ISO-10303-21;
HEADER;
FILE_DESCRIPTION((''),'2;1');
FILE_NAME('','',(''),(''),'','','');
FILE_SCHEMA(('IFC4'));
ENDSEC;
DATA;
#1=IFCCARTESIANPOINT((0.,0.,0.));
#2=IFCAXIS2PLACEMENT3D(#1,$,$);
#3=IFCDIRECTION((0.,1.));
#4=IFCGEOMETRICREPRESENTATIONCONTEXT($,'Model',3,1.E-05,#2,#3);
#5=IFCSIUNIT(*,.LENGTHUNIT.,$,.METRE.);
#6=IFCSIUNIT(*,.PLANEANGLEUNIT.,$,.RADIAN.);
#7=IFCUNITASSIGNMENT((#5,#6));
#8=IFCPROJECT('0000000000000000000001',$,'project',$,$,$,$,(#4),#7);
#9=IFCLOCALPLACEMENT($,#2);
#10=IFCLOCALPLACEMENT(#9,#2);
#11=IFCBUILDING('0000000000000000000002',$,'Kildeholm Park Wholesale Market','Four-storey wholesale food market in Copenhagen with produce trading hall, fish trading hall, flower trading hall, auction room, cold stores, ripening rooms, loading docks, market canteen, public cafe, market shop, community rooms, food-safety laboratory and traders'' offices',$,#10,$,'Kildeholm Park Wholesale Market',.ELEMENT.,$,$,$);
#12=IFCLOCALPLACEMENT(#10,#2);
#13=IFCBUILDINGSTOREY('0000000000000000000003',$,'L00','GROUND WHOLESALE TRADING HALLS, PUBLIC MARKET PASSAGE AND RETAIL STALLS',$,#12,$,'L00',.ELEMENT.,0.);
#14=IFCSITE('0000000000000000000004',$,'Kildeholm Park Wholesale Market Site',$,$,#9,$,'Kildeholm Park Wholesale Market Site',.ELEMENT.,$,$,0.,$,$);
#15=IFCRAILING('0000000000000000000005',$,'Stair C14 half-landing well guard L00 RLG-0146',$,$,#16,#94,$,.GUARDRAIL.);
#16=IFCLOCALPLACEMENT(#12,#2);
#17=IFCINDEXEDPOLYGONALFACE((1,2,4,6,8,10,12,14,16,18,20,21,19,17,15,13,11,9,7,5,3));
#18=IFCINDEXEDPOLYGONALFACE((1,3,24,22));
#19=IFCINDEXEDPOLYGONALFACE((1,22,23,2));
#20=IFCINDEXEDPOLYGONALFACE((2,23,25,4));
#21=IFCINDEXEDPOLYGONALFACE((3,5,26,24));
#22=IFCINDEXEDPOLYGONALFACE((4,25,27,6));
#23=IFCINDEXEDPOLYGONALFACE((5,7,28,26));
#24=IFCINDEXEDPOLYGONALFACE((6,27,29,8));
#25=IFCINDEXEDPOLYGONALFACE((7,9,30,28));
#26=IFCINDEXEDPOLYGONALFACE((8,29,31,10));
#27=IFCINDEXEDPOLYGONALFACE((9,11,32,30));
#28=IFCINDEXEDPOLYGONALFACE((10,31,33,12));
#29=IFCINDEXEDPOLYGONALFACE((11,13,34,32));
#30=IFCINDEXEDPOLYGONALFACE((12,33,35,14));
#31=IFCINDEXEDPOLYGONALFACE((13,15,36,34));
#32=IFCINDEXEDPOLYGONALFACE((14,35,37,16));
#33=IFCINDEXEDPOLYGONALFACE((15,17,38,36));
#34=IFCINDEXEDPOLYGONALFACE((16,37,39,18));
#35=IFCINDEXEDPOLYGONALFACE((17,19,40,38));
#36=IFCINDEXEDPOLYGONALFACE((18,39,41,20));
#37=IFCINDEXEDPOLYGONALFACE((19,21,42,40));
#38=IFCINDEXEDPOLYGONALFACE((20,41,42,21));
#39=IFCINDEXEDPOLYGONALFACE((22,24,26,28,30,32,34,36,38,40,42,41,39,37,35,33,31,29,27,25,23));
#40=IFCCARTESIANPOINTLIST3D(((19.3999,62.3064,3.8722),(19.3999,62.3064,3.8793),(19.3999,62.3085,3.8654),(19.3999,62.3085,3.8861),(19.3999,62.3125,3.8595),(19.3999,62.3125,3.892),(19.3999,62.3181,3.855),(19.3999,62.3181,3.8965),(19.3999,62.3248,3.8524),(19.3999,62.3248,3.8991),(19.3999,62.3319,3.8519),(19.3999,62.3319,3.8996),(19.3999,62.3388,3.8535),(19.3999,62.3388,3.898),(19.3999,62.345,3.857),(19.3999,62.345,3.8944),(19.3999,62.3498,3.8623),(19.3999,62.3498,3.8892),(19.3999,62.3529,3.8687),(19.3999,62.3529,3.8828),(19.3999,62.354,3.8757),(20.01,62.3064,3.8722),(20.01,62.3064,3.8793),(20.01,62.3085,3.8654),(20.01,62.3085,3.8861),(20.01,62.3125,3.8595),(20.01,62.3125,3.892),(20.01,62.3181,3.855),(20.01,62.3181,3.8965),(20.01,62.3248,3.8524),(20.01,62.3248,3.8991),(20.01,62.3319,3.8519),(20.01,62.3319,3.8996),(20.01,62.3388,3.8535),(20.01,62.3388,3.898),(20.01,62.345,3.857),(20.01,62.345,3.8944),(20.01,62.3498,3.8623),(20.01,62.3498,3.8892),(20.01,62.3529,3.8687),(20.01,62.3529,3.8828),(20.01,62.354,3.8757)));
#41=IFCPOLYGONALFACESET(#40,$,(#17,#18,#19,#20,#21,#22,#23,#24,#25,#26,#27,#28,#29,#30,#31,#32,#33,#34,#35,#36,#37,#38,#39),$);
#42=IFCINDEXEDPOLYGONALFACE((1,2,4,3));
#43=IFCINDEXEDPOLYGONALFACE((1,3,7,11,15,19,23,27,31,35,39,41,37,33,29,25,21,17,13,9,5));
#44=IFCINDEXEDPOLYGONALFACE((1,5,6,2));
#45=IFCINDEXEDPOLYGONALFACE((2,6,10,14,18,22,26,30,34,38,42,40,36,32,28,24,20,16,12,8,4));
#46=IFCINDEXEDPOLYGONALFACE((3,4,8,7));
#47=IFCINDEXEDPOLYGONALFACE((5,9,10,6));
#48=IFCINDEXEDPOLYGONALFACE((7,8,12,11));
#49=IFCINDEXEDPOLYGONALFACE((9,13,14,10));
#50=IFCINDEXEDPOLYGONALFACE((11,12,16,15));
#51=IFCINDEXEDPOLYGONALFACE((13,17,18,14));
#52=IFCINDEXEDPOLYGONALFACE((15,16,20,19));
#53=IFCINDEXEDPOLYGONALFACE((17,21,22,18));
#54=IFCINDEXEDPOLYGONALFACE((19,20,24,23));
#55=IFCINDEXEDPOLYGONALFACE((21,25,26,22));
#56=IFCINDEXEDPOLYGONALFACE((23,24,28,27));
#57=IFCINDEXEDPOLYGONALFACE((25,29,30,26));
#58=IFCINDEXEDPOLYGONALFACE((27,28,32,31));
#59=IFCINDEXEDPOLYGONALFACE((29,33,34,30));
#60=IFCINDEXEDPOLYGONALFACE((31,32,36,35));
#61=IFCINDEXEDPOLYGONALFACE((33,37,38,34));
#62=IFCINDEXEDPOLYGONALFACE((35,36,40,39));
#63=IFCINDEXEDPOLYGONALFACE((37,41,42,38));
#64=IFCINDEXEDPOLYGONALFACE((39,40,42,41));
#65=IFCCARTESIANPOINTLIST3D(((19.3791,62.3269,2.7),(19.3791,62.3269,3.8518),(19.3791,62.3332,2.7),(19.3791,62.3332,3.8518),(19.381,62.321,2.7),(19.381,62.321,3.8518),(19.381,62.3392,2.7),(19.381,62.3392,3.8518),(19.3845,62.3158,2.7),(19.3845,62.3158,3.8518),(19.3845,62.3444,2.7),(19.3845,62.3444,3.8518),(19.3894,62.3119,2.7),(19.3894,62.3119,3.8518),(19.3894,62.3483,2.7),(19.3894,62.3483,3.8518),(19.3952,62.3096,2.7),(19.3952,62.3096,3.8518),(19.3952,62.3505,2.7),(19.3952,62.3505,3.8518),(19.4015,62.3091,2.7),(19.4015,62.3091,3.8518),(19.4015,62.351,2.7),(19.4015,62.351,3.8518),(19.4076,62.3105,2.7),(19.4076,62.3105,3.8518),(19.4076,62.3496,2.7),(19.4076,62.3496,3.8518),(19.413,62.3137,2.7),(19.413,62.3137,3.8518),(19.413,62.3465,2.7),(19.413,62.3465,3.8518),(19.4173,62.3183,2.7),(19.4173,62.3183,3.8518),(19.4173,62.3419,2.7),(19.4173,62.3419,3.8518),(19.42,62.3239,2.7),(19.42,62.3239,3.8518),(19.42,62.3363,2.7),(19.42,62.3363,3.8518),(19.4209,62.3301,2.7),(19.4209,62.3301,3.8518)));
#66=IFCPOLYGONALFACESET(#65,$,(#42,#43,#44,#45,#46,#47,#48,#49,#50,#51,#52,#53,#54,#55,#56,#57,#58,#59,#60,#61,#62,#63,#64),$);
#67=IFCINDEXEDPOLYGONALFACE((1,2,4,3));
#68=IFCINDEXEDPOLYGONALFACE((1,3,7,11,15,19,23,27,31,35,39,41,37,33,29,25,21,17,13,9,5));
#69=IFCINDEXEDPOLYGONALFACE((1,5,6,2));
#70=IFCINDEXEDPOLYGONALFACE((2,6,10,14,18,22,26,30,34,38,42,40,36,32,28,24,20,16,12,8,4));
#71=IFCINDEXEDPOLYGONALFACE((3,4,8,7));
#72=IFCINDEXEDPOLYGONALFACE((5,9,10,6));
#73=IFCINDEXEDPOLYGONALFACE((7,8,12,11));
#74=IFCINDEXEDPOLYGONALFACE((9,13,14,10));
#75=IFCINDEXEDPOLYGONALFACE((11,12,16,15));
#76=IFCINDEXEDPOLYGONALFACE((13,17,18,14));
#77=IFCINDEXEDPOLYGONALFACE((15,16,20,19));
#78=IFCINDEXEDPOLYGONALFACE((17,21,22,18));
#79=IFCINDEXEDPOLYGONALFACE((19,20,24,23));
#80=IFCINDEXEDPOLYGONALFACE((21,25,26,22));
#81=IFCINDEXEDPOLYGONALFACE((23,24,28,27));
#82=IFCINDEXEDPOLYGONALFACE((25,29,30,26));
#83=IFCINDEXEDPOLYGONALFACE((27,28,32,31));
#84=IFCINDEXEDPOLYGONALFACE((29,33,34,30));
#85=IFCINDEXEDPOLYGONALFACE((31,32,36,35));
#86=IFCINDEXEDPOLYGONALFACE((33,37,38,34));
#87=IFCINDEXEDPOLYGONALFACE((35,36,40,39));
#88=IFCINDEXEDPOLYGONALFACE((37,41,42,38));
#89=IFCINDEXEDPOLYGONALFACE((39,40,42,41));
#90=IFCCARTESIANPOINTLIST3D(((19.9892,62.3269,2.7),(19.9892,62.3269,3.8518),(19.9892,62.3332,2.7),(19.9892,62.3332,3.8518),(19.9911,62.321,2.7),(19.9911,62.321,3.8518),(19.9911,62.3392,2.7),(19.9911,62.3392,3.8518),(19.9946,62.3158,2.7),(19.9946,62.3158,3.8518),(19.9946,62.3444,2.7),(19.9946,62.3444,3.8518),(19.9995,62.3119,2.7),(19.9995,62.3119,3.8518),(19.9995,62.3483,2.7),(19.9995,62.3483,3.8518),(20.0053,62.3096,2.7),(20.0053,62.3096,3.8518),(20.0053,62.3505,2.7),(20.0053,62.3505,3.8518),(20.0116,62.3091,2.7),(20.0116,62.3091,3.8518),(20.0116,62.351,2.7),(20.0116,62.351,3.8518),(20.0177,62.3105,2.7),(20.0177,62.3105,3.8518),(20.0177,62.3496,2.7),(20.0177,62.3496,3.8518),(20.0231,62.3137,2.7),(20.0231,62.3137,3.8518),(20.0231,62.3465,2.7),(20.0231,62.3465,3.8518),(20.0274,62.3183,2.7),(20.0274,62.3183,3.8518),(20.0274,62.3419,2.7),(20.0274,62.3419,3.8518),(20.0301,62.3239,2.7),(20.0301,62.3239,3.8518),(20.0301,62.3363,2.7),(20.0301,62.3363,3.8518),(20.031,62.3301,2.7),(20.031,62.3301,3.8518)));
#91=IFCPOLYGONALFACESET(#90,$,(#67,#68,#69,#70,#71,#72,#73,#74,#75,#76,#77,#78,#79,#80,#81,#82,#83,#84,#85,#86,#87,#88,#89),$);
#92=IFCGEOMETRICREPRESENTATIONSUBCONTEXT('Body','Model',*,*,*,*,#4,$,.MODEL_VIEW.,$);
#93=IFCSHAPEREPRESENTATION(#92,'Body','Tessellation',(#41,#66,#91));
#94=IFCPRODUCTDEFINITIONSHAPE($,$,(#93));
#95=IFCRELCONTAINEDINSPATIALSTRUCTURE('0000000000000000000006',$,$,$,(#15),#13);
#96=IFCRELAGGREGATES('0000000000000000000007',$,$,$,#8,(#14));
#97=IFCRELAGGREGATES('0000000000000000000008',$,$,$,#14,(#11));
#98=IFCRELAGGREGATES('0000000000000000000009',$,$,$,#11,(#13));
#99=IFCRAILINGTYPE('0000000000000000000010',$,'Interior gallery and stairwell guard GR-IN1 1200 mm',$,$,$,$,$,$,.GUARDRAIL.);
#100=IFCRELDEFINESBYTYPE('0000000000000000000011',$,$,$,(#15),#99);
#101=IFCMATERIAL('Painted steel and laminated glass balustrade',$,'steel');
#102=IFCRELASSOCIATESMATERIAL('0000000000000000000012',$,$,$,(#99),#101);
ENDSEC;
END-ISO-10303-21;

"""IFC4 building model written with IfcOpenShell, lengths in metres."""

from ifc_helpers import new_model, si_unit, direction, frame, origin, origin_2d, place, context, subcontext, project, spatial, circle, extrude, material, type_object, element, save


model = new_model("IFC4")

# Units and contexts
model_context = context("Model", 3, precision=1e-05, world=origin(), true_north=direction((0.0, 1.0)))
body_context = subcontext(model_context, "Body", "Model", "MODEL_VIEW")
ifc_project = project(units=[si_unit("LENGTHUNIT", "METRE"), si_unit("PLANEANGLEUNIT", "RADIAN")], contexts=[model_context])

# Site, building, storey
site_placement = place(None, origin())
site = spatial("IfcSite", under=ifc_project, at=site_placement, Name="Kildeholm Park Wholesale Market Site", LongName="Kildeholm Park Wholesale Market Site", CompositionType="ELEMENT", RefElevation=0.0)
building_placement = place(site_placement, origin())
building = spatial("IfcBuilding", under=site, at=building_placement, Name="Kildeholm Park Wholesale Market", Description="Four-storey wholesale food market in Copenhagen with produce trading hall, fish trading hall, flower trading hall, auction room, cold stores, ripening rooms, loading docks, market canteen, public cafe, market shop, community rooms, food-safety laboratory and traders' offices", LongName="Kildeholm Park Wholesale Market", CompositionType="ELEMENT")
storey_placement = place(building_placement, origin())
storey = spatial("IfcBuildingStorey", under=building, at=storey_placement, Name="L00", Description="GROUND WHOLESALE TRADING HALLS, PUBLIC MARKET PASSAGE AND RETAIL STALLS", LongName="L00", CompositionType="ELEMENT", Elevation=0.0)

# Railing
ifc_material_1 = material(Name="Painted steel and laminated glass balustrade", Category="steel")
railing_type_1 = type_object("IfcRailingType", Name="Interior gallery and stairwell guard GR-IN1 1200 mm", PredefinedType="GUARDRAIL", material=ifc_material_1)
railing_1_placement = place(storey_placement, frame((19.3999, 62.3301, 2.7)))
element("IfcRailing", 1, at=railing_1_placement, inside=storey, type_object=railing_type_1, Name="Stair C14 half-landing well guard L00 RLG-0146", PredefinedType="GUARDRAIL", context=body_context, shape_type="SweptSolid", body=[
    extrude(circle(Radius=0.0239, at=origin_2d()), frame((0.0, 0.0, 1.1758), z_axis=(1.0, 0.0, 0.0), x_axis=(0.0, 1.0, 0.0)), (0.0, 0.0, 1.0), 0.6101),
    extrude(circle(Radius=0.021, at=origin_2d()), origin(), (0.0, 0.0, 1.0), 1.1519),
    extrude(circle(Radius=0.021, at=origin_2d()), frame((0.6101, 0.0, 0.0)), (0.0, 0.0, 1.0), 1.1519),
])

save(model, "model.ifc")
